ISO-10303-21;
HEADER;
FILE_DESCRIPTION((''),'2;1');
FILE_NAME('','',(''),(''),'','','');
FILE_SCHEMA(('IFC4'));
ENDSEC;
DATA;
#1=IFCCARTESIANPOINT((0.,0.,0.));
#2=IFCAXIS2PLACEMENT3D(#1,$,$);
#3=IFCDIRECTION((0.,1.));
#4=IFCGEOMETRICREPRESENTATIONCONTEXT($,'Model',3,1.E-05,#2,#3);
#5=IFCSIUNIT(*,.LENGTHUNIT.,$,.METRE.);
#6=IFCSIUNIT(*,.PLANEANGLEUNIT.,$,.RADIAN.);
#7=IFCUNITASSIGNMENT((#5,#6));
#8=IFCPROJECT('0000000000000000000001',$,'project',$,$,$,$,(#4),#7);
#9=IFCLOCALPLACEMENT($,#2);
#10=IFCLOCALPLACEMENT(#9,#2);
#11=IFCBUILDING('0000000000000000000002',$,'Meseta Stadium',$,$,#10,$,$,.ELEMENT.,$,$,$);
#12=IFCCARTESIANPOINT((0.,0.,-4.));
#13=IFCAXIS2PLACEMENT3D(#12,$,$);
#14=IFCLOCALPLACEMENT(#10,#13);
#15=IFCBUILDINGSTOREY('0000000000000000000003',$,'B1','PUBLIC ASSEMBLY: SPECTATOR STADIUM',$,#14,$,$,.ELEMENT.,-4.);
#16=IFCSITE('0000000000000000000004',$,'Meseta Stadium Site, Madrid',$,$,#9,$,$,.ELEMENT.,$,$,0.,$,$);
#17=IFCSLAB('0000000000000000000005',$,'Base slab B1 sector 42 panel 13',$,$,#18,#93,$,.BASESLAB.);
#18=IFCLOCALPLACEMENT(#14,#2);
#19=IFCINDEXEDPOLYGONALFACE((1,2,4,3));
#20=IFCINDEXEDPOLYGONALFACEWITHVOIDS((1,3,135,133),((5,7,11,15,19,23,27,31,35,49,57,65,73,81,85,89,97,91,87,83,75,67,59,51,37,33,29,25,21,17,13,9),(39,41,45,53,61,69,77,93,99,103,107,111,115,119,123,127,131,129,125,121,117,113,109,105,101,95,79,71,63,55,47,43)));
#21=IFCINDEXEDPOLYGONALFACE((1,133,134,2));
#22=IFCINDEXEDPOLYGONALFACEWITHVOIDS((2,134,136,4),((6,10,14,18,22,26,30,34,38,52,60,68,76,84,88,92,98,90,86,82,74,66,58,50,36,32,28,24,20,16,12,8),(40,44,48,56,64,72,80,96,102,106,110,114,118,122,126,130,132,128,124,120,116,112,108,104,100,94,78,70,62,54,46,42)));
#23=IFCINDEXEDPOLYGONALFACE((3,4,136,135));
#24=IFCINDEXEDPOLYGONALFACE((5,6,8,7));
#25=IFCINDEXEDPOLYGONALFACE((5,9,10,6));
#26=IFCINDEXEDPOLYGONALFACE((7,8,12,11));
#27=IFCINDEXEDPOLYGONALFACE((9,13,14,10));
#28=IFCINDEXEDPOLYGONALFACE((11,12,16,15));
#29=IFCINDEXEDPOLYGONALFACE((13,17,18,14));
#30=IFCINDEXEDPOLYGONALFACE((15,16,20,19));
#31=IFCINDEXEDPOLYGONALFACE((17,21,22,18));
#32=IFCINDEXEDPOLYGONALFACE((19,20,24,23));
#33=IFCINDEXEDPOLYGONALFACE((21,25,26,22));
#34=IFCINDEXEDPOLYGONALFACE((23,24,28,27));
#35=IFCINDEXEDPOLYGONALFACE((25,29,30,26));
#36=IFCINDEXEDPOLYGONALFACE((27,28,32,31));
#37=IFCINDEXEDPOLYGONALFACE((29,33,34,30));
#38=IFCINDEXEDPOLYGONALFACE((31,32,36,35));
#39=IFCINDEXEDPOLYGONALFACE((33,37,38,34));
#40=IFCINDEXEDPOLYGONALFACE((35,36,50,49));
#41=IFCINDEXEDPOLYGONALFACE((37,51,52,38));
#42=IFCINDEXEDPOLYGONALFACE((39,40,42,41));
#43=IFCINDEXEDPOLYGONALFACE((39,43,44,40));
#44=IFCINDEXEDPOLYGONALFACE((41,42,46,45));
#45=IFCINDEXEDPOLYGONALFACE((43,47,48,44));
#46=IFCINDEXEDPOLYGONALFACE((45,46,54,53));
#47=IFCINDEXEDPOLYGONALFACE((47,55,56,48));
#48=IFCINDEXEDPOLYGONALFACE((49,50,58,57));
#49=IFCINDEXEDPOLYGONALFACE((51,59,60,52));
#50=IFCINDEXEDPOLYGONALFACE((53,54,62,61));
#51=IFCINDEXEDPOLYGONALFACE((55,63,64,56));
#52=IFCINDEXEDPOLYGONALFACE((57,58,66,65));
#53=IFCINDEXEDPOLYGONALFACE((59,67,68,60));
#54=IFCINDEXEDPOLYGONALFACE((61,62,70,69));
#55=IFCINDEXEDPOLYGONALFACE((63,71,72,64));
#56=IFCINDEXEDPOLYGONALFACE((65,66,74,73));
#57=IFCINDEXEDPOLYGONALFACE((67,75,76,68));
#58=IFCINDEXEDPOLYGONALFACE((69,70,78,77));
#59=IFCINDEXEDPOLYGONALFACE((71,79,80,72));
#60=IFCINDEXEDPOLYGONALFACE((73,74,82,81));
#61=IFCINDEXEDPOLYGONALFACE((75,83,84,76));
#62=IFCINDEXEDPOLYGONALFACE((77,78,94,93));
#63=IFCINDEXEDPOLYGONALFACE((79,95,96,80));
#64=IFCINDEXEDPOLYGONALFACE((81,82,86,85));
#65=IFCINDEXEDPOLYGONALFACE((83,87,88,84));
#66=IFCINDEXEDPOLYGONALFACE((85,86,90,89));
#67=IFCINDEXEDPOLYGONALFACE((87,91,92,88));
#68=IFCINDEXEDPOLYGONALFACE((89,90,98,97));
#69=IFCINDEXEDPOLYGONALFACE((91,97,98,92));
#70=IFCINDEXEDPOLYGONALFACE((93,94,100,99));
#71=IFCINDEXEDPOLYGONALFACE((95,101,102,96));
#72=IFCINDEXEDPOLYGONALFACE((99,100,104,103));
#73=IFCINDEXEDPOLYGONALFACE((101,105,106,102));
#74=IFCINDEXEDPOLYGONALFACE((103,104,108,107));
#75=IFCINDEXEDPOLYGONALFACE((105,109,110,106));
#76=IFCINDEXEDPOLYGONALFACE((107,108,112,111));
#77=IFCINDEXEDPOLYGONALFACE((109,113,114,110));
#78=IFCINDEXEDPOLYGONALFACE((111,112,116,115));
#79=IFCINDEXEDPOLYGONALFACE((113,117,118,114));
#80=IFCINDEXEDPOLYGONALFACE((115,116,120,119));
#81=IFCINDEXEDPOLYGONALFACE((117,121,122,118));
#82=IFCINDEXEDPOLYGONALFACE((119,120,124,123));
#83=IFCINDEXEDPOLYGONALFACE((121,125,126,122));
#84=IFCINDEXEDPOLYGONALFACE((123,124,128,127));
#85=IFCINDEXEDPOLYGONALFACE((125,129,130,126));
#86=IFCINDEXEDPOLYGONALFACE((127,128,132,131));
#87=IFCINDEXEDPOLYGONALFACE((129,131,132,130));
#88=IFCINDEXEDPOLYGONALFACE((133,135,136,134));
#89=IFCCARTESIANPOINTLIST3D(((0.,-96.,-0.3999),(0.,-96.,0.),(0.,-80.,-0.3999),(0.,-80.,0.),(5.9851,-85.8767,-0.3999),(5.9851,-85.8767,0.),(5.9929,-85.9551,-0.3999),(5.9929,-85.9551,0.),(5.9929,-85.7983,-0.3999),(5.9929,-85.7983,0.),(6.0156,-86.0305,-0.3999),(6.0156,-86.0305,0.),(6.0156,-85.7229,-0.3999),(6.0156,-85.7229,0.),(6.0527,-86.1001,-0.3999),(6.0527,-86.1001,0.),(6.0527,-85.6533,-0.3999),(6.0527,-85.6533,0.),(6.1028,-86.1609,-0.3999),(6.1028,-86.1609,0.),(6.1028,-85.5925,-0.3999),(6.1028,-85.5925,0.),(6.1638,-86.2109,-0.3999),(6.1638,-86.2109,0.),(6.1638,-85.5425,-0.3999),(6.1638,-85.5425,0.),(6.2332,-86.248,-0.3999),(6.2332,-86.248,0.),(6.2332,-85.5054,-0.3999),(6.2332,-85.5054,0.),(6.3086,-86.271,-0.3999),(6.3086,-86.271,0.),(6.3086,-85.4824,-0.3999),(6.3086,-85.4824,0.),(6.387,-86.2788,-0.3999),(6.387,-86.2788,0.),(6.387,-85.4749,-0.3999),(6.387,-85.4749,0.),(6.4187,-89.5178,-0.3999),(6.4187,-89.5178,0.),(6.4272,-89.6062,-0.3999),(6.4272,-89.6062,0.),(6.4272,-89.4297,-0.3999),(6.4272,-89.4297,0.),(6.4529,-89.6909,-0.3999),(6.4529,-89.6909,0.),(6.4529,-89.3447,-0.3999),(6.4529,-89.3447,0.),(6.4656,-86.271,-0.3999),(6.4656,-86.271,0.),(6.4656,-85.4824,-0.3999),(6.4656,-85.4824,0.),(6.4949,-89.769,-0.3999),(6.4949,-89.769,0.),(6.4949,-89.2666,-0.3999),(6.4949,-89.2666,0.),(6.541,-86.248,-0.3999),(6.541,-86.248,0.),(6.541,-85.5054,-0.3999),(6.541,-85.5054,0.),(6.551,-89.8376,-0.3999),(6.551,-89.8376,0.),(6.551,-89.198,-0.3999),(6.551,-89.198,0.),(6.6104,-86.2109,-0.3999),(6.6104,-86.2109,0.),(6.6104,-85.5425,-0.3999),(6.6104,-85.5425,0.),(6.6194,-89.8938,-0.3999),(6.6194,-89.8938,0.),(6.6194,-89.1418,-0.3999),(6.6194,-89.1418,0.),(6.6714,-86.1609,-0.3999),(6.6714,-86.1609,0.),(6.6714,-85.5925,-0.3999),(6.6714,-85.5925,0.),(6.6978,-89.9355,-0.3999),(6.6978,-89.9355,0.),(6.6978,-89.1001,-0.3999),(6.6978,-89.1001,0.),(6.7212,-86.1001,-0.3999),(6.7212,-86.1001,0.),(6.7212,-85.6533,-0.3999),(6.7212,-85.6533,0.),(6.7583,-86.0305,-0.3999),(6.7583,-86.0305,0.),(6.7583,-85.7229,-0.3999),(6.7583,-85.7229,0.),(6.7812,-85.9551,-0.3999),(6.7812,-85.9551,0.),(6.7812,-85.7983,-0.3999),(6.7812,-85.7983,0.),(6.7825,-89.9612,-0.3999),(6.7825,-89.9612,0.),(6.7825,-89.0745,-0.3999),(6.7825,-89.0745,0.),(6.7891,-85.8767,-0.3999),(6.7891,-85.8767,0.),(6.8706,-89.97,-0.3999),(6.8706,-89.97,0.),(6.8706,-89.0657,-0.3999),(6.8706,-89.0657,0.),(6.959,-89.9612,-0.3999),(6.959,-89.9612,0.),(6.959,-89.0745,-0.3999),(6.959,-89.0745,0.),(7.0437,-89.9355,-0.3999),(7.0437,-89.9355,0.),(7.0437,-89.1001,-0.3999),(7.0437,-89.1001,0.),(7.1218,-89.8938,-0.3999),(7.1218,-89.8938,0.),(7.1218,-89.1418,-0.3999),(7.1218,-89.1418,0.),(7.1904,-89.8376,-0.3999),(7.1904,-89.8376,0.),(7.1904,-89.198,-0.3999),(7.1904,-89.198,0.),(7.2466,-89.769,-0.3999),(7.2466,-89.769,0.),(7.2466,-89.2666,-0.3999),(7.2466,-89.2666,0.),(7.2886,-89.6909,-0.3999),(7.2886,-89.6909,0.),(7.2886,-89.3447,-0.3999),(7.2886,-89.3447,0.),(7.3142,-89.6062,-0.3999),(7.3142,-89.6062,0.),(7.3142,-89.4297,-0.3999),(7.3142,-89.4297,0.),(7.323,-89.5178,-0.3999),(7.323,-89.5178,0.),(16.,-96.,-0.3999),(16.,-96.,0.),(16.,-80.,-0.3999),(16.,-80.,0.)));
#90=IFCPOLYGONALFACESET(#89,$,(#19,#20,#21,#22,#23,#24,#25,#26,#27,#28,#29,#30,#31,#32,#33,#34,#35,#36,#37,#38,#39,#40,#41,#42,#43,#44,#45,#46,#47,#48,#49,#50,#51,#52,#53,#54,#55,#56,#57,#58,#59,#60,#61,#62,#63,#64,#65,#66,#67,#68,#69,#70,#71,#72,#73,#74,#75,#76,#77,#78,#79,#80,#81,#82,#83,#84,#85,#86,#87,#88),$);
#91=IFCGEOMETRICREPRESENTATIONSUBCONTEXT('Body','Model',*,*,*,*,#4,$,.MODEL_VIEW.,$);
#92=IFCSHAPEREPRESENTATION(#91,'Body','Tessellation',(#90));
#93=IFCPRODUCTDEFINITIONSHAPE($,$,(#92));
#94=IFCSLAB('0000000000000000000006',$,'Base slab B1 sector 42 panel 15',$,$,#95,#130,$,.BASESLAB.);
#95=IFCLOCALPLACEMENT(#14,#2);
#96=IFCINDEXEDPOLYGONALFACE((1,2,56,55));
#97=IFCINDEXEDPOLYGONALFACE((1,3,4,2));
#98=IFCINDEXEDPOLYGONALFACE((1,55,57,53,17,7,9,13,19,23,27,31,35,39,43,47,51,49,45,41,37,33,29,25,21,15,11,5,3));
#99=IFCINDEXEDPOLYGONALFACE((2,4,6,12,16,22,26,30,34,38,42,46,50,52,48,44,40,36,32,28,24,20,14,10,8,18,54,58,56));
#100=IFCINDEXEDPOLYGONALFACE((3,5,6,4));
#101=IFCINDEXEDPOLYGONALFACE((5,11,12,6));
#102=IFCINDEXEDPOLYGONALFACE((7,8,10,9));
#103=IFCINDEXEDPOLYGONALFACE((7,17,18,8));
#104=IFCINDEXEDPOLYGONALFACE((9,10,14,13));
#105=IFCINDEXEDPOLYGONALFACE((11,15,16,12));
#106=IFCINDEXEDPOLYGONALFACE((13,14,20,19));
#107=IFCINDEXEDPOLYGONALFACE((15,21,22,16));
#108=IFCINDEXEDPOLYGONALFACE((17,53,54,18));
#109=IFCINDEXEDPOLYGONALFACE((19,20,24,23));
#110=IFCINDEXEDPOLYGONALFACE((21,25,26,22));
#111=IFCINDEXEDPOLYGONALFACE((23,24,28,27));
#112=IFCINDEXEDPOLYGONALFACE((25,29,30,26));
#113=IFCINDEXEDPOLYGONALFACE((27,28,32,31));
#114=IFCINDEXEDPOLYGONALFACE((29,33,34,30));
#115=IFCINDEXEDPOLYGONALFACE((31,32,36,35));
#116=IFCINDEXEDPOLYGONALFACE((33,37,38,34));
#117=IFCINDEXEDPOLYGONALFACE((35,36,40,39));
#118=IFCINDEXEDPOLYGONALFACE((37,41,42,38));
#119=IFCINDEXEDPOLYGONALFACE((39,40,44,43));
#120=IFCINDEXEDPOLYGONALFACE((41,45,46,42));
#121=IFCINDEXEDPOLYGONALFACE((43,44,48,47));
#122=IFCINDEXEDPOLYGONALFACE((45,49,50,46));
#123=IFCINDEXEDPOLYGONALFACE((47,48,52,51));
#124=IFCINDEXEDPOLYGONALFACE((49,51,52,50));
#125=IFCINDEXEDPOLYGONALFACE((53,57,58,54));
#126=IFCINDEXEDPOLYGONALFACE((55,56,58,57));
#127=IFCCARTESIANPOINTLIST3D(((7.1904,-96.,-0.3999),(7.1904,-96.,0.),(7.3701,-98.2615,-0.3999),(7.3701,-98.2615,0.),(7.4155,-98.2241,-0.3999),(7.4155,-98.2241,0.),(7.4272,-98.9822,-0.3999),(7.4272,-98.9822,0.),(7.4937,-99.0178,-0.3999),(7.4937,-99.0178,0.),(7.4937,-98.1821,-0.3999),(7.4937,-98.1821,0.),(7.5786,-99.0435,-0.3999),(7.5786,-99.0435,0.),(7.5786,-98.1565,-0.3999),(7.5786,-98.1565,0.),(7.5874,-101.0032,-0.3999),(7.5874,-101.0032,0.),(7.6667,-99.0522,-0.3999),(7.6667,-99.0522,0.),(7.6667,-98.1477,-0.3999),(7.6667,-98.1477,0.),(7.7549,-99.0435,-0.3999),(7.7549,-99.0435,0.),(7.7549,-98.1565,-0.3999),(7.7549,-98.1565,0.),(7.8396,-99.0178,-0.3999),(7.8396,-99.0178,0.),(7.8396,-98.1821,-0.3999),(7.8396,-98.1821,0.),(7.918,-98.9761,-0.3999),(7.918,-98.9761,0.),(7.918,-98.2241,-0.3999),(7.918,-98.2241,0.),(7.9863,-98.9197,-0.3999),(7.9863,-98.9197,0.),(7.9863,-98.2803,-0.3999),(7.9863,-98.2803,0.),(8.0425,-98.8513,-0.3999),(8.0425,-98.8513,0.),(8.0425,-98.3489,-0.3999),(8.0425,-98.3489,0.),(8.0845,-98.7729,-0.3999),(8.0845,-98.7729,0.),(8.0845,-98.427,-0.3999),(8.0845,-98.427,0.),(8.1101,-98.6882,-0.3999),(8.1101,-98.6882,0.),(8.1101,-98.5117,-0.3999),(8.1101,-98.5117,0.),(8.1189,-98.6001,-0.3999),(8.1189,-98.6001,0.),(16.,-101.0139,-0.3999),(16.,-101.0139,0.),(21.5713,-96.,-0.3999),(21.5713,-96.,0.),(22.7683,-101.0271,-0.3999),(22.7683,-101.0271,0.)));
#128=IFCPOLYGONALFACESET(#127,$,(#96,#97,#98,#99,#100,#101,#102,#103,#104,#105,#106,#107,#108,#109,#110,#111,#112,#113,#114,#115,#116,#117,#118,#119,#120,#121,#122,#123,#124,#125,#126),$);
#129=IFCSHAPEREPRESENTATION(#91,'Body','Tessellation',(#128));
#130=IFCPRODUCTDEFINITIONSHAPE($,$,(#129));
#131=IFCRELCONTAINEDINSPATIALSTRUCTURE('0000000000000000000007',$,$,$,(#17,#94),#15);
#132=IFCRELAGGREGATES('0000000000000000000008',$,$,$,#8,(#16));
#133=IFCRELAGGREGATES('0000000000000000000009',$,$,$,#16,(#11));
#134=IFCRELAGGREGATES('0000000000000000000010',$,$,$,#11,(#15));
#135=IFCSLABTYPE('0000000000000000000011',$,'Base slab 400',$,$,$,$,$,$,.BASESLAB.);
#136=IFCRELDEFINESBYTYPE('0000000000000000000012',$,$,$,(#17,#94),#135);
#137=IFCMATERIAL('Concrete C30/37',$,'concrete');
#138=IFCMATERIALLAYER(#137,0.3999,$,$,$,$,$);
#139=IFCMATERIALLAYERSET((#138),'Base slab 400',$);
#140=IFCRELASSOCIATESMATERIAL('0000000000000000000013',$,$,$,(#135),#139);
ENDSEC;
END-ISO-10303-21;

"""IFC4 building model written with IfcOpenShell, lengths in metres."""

from ifc_helpers import new_model, si_unit, direction, frame, origin, place, context, subcontext, project, spatial, polyline, outline, extrude, material, layer, layer_set, type_object, element, save


model = new_model("IFC4")

# Units and contexts
model_context = context("Model", 3, precision=1e-05, world=origin(), true_north=direction((0.0, 1.0)))
body_context = subcontext(model_context, "Body", "Model", "MODEL_VIEW")
ifc_project = project(units=[si_unit("LENGTHUNIT", "METRE"), si_unit("PLANEANGLEUNIT", "RADIAN")], contexts=[model_context])

# Site, building, storey
site_placement = place(None, origin())
site = spatial("IfcSite", under=ifc_project, at=site_placement, Name="Meseta Stadium Site, Madrid", CompositionType="ELEMENT", RefElevation=0.0)
building_placement = place(site_placement, origin())
building = spatial("IfcBuilding", under=site, at=building_placement, Name="Meseta Stadium", CompositionType="ELEMENT")
storey_placement = place(building_placement, frame((0.0, 0.0, -4.0)))
storey = spatial("IfcBuildingStorey", under=building, at=storey_placement, Name="B1", Description="PUBLIC ASSEMBLY: SPECTATOR STADIUM", CompositionType="ELEMENT", Elevation=-4.0)

# Slabs
ifc_material = material(Name="Concrete C30/37", Category="concrete")
ifc_layer = layer(ifc_material, 0.3999)
ifc_layer_set = layer_set([ifc_layer], Name="Base slab 400")
slab_type = type_object("IfcSlabType", Name="Base slab 400", PredefinedType="BASESLAB", material=ifc_layer_set)
slab_1_placement = place(storey_placement, frame((0.0, 0.0, -0.3999)))
element("IfcSlab", 1, at=slab_1_placement, inside=storey, type_object=slab_type, Name="Base slab B1 sector 42 panel 13", PredefinedType="BASESLAB", context=body_context, shape_type="SweptSolid", body=[
    extrude(outline(polyline([(0.0, -80.0), (0.0, -96.0), (16.0, -96.0), (16.0, -80.0), (0.0, -80.0)]), holes=[polyline([(6.4529, -89.3447), (6.4949, -89.2666), (6.551, -89.198), (6.6194, -89.1418), (6.6978, -89.1001), (6.7825, -89.0745), (6.8706, -89.0657), (6.959, -89.0745), (7.0437, -89.1001), (7.1218, -89.1418), (7.1904, -89.198), (7.2466, -89.2666), (7.2886, -89.3447), (7.3142, -89.4297), (7.323, -89.5178), (7.3142, -89.6062), (7.2886, -89.6909), (7.2466, -89.769), (7.1904, -89.8376), (7.1218, -89.8938), (7.0437, -89.9355), (6.959, -89.9612), (6.8706, -89.97), (6.7825, -89.9612), (6.6978, -89.9355), (6.6194, -89.8938), (6.551, -89.8376), (6.4949, -89.769), (6.4529, -89.6909), (6.4272, -89.6062), (6.4187, -89.5178), (6.4272, -89.4297), (6.4529, -89.3447)]), polyline([(6.2332, -85.5054), (6.3086, -85.4824), (6.387, -85.4749), (6.4656, -85.4824), (6.541, -85.5054), (6.6104, -85.5425), (6.6714, -85.5925), (6.7212, -85.6533), (6.7583, -85.7229), (6.7812, -85.7983), (6.7891, -85.8767), (6.7812, -85.9551), (6.7583, -86.0305), (6.7212, -86.1001), (6.6714, -86.1609), (6.6104, -86.2109), (6.541, -86.248), (6.4656, -86.271), (6.387, -86.2788), (6.3086, -86.271), (6.2332, -86.248), (6.1638, -86.2109), (6.1028, -86.1609), (6.0527, -86.1001), (6.0156, -86.0305), (5.9929, -85.9551), (5.9851, -85.8767), (5.9929, -85.7983), (6.0156, -85.7229), (6.0527, -85.6533), (6.1028, -85.5925), (6.1638, -85.5425), (6.2332, -85.5054)])]), origin(), (0.0, 0.0, 1.0), 0.3999),
])
slab_2_placement = place(storey_placement, frame((0.0, 0.0, -0.3999)))
element("IfcSlab", 2, at=slab_2_placement, inside=storey, type_object=slab_type, Name="Base slab B1 sector 42 panel 15", PredefinedType="BASESLAB", context=body_context, shape_type="SweptSolid", body=[
    extrude(outline(polyline([(7.4937, -99.0178), (7.4272, -98.9822), (7.5874, -101.0032), (16.0, -101.0139), (22.7683, -101.0271), (21.5713, -96.0), (7.1904, -96.0), (7.3701, -98.2615), (7.4155, -98.2241), (7.4937, -98.1821), (7.5786, -98.1565), (7.6667, -98.1477), (7.7549, -98.1565), (7.8396, -98.1821), (7.918, -98.2241), (7.9863, -98.2803), (8.0425, -98.3489), (8.0845, -98.427), (8.1101, -98.5117), (8.1189, -98.6001), (8.1101, -98.6882), (8.0845, -98.7729), (8.0425, -98.8513), (7.9863, -98.9197), (7.918, -98.9761), (7.8396, -99.0178), (7.7549, -99.0435), (7.6667, -99.0522), (7.5786, -99.0435), (7.4937, -99.0178)])), origin(), (0.0, 0.0, 1.0), 0.3999),
])

save(model, "model.ifc")
